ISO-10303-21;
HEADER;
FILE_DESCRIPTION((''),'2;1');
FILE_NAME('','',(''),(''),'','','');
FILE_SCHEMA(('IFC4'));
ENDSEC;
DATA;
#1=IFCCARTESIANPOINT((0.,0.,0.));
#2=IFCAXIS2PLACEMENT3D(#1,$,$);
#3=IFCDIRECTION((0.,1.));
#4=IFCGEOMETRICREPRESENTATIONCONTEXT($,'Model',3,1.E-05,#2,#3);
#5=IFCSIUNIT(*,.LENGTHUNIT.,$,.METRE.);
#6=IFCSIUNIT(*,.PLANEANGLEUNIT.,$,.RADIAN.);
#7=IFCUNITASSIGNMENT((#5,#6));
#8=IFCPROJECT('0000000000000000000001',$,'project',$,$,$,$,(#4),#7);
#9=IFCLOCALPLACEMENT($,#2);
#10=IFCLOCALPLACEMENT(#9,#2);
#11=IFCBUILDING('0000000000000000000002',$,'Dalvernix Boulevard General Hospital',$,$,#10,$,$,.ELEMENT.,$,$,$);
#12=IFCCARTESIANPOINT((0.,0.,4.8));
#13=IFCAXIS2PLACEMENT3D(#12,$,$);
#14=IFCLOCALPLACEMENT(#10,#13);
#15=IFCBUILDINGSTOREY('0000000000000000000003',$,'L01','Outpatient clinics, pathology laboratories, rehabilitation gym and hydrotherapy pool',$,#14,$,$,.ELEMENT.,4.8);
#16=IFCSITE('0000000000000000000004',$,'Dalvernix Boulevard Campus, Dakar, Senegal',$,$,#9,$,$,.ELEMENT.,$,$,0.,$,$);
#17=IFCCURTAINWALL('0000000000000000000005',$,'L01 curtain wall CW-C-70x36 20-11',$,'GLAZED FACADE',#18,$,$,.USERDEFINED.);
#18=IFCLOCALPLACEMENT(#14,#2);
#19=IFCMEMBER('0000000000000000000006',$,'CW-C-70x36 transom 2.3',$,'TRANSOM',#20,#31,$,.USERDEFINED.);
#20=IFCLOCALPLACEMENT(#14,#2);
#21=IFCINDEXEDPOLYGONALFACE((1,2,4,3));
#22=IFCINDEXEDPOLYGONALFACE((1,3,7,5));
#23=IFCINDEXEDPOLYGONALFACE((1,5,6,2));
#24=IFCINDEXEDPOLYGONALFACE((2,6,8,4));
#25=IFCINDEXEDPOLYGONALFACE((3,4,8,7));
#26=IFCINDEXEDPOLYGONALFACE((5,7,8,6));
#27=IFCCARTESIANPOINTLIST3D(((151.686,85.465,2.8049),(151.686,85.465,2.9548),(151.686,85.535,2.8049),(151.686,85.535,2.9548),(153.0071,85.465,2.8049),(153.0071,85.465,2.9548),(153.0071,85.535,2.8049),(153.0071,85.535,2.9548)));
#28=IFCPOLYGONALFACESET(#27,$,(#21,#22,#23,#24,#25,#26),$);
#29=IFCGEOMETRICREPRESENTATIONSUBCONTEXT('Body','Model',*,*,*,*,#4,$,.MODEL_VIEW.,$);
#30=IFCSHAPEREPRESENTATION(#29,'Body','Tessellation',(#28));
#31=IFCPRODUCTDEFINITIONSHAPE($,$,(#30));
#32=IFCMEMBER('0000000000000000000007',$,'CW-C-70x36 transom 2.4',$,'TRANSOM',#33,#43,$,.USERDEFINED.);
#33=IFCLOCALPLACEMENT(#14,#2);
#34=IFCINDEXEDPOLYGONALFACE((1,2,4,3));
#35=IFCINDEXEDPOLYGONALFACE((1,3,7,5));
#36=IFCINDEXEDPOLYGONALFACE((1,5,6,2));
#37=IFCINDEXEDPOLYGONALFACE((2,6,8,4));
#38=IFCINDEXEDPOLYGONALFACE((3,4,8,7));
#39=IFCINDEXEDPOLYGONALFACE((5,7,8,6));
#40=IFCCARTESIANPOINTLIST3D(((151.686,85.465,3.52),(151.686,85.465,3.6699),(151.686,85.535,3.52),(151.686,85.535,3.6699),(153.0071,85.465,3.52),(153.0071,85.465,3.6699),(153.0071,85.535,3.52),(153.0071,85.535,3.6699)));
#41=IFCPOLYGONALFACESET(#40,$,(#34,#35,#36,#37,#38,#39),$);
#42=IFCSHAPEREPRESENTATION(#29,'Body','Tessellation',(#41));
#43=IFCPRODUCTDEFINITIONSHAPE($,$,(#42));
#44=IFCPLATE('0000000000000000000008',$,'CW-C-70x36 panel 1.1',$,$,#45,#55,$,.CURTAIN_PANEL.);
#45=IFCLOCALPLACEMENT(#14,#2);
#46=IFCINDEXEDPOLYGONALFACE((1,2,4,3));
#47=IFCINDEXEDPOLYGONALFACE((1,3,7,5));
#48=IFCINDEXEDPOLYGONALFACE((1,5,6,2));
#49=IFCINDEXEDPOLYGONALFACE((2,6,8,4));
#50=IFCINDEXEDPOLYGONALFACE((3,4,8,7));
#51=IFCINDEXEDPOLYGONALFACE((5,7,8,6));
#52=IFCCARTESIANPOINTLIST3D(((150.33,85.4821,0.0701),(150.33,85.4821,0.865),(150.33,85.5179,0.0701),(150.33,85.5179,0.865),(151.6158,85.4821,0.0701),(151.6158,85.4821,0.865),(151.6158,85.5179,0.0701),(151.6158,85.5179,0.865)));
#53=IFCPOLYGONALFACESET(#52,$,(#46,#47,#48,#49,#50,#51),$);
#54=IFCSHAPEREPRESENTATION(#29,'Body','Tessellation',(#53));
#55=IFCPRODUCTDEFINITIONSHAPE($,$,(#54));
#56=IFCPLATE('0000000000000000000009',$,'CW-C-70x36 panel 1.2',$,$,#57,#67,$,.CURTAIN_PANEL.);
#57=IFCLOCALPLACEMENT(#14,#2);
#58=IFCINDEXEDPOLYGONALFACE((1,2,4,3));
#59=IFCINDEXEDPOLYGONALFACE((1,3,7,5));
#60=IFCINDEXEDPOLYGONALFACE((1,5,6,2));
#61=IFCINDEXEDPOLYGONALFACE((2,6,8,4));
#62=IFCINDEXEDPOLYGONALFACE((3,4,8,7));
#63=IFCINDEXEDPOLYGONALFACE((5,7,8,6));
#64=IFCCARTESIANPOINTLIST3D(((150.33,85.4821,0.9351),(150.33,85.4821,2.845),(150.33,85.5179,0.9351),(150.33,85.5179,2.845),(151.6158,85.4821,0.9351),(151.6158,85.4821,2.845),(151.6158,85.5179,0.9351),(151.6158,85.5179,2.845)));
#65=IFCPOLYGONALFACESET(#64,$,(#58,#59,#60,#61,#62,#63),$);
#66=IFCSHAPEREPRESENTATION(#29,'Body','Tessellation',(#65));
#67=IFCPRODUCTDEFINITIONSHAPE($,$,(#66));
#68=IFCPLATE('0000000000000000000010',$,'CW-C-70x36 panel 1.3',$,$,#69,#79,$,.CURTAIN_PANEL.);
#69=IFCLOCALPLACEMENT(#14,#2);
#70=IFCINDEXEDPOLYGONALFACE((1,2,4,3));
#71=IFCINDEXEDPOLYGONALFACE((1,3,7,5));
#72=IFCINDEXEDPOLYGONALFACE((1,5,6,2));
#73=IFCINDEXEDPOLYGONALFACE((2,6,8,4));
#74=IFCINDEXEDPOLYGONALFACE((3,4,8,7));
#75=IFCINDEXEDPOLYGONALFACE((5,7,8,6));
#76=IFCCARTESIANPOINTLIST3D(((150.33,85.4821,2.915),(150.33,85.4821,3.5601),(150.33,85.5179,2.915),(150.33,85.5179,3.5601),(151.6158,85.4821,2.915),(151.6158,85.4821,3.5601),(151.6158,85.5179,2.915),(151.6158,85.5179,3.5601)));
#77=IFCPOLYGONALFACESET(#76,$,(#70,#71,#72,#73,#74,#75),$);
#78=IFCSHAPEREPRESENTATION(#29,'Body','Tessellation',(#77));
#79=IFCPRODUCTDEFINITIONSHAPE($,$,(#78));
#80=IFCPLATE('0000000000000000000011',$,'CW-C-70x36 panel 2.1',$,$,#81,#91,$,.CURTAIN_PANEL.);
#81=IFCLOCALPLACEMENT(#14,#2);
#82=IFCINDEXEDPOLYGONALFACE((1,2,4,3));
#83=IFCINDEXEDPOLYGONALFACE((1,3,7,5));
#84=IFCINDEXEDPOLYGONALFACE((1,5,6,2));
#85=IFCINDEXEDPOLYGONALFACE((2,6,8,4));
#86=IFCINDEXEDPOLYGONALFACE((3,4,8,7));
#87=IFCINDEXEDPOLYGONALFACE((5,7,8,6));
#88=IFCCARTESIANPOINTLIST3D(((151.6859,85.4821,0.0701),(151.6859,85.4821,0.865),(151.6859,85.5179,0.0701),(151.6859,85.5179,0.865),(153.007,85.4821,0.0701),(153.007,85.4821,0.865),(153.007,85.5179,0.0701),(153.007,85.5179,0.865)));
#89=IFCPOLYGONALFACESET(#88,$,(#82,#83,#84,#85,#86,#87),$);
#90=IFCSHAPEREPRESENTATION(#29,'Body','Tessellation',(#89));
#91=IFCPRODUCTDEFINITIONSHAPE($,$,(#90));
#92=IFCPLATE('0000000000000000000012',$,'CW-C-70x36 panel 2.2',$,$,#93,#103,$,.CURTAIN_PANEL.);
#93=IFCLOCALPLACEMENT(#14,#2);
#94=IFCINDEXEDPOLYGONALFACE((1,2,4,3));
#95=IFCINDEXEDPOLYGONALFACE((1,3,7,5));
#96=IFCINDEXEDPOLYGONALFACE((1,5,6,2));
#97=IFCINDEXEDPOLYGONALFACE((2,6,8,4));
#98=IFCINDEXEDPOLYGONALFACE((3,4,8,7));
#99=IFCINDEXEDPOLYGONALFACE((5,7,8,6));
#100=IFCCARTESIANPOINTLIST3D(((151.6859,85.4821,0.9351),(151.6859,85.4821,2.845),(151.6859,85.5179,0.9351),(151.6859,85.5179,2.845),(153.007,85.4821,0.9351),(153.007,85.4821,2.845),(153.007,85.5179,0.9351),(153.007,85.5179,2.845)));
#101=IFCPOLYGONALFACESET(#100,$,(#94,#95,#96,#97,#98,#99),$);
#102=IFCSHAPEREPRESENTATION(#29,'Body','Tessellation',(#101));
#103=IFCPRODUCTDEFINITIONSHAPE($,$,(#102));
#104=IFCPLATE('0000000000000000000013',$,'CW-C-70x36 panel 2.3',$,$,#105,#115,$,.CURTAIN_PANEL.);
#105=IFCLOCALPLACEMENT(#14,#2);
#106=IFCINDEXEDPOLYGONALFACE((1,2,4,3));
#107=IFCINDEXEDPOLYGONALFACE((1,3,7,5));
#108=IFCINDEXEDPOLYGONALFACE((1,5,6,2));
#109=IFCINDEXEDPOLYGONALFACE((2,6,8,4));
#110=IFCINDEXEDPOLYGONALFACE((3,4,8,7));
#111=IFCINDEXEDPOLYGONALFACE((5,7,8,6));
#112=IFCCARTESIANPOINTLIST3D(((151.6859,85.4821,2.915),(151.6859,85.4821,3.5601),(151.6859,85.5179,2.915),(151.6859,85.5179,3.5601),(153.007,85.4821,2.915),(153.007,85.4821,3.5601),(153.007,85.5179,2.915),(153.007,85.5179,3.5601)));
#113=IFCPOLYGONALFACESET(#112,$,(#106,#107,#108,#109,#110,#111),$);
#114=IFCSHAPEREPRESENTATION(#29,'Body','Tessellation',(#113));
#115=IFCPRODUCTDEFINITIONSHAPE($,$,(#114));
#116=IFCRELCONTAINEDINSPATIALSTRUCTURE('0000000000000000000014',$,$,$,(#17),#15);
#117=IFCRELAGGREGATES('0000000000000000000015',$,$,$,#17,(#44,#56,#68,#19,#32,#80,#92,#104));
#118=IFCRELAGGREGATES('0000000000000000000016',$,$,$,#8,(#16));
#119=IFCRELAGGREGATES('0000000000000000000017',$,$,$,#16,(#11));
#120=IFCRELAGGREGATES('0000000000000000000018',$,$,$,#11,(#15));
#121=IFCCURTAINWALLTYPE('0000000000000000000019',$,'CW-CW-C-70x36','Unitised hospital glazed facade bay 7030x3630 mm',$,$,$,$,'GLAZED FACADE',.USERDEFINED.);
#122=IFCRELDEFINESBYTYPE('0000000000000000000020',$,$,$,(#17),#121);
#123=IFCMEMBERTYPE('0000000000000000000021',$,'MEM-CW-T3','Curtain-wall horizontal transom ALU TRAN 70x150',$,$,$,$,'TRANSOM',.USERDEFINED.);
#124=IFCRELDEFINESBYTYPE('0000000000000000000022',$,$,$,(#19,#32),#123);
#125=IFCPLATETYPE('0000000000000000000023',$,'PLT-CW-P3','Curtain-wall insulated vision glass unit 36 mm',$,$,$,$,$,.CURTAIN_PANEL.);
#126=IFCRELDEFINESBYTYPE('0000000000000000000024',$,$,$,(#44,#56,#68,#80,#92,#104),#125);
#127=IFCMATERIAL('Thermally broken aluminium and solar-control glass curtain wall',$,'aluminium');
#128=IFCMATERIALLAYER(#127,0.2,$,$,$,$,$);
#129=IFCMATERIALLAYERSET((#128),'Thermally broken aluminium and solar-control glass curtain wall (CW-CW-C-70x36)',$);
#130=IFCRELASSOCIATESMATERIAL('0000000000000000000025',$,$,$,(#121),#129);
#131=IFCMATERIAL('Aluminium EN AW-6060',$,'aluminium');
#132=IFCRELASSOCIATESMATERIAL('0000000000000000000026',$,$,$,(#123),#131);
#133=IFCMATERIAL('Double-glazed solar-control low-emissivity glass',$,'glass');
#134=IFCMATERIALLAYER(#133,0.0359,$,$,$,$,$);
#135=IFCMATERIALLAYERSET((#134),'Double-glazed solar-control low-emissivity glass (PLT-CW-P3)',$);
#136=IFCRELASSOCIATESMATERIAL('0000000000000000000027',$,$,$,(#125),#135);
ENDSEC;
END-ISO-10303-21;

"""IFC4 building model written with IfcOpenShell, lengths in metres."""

from ifc_helpers import new_model, si_unit, direction, frame, origin, origin_2d, place, context, subcontext, project, spatial, rectangle, extrude, material, layer, layer_set, material_profile, profile_set, type_object, element, aggregate, save


model = new_model("IFC4")

# Units and contexts
model_context = context("Model", 3, precision=1e-05, world=origin(), true_north=direction((0.0, 1.0)))
body_context = subcontext(model_context, "Body", "Model", "MODEL_VIEW")
ifc_project = project(units=[si_unit("LENGTHUNIT", "METRE"), si_unit("PLANEANGLEUNIT", "RADIAN")], contexts=[model_context])

# Site, building, storey
site_placement = place(None, origin())
site = spatial("IfcSite", under=ifc_project, at=site_placement, Name="Dalvernix Boulevard Campus, Dakar, Senegal", CompositionType="ELEMENT", RefElevation=0.0)
building_placement = place(site_placement, origin())
building = spatial("IfcBuilding", under=site, at=building_placement, Name="Dalvernix Boulevard General Hospital", CompositionType="ELEMENT")
storey_placement = place(building_placement, frame((0.0, 0.0, 4.8)))
storey = spatial("IfcBuildingStorey", under=building, at=storey_placement, Name="L01", Description="Outpatient clinics, pathology laboratories, rehabilitation gym and hydrotherapy pool", CompositionType="ELEMENT", Elevation=4.8)

# Curtain wall, members, plates
ifc_material_1 = material(Name="Thermally broken aluminium and solar-control glass curtain wall", Category="aluminium")
ifc_layer_1 = layer(ifc_material_1, 0.2)
ifc_layer_set_1 = layer_set([ifc_layer_1], Name="Thermally broken aluminium and solar-control glass curtain wall (CW-CW-C-70x36)")
curtain_wall_type = type_object("IfcCurtainWallType", Name="CW-CW-C-70x36", Description="Unitised hospital glazed facade bay 7030x3630 mm", ElementType="GLAZED FACADE", PredefinedType="USERDEFINED", material=ifc_layer_set_1)
curtain_wall_placement = place(storey_placement, origin())
curtain_wall = element("IfcCurtainWall", 1, at=curtain_wall_placement, inside=storey, type_object=curtain_wall_type, Name="L01 curtain wall CW-C-70x36 20-11", ObjectType="GLAZED FACADE", PredefinedType="USERDEFINED")
ifc_material_2 = material(Name="Aluminium EN AW-6060", Category="aluminium")
ifc_material_profile_1 = material_profile(ifc_material_2, rectangle(XDim=0.0701, YDim=0.1499, at=origin_2d()), Name="ALU TRAN 70x150")
ifc_profile_set_1 = profile_set([ifc_material_profile_1], Name="Aluminium EN AW-6060")
member_type_1 = type_object("IfcMemberType", Name="MEM-CW-T3", Description="Curtain-wall horizontal transom ALU TRAN 70x150", ElementType="TRANSOM", PredefinedType="USERDEFINED", material=ifc_profile_set_1)
member_1_placement = place(storey_placement, frame((151.686, 85.5, 2.8799), z_axis=(1.0, 0.0, 0.0), x_axis=(0.0, 1.0, 0.0)))
member_1 = element("IfcMember", 2, at=member_1_placement, type_object=member_type_1, Name="CW-C-70x36 transom 2.3", ObjectType="TRANSOM", PredefinedType="USERDEFINED", context=body_context, shape_type="SweptSolid", body=[
    extrude(rectangle(XDim=0.0701, YDim=0.1499, at=origin_2d()), origin(), (0.0, 0.0, 1.0), 1.321),
])
member_2_placement = place(storey_placement, frame((151.686, 85.5, 3.595), z_axis=(1.0, 0.0, 0.0), x_axis=(0.0, 1.0, 0.0)))
member_2 = element("IfcMember", 3, at=member_2_placement, type_object=member_type_1, Name="CW-C-70x36 transom 2.4", ObjectType="TRANSOM", PredefinedType="USERDEFINED", context=body_context, shape_type="SweptSolid", body=[
    extrude(rectangle(XDim=0.0701, YDim=0.1499, at=origin_2d()), origin(), (0.0, 0.0, 1.0), 1.321),
])
ifc_material_3 = material(Name="Double-glazed solar-control low-emissivity glass", Category="glass")
ifc_layer_2 = layer(ifc_material_3, 0.0359)
ifc_layer_set_2 = layer_set([ifc_layer_2], Name="Double-glazed solar-control low-emissivity glass (PLT-CW-P3)")
plate_type = type_object("IfcPlateType", Name="PLT-CW-P3", Description="Curtain-wall insulated vision glass unit 36 mm", PredefinedType="CURTAIN_PANEL", material=ifc_layer_set_2)
plate_1_placement = place(storey_placement, frame((150.9729, 85.5, 0.0701), z_axis=(0.0, 0.0, 1.0), x_axis=(1.0, 0.0, 0.0)))
plate_1 = element("IfcPlate", 4, at=plate_1_placement, type_object=plate_type, Name="CW-C-70x36 panel 1.1", PredefinedType="CURTAIN_PANEL", context=body_context, shape_type="SweptSolid", body=[
    extrude(rectangle(XDim=1.2859, YDim=0.0359, at=origin_2d()), origin(), (0.0, 0.0, 1.0), 0.7949),
])
plate_2_placement = place(storey_placement, frame((150.9729, 85.5, 0.9351), z_axis=(0.0, 0.0, 1.0), x_axis=(1.0, 0.0, 0.0)))
plate_2 = element("IfcPlate", 5, at=plate_2_placement, type_object=plate_type, Name="CW-C-70x36 panel 1.2", PredefinedType="CURTAIN_PANEL", context=body_context, shape_type="SweptSolid", body=[
    extrude(rectangle(XDim=1.2859, YDim=0.0359, at=origin_2d()), origin(), (0.0, 0.0, 1.0), 1.9099),
])
plate_3_placement = place(storey_placement, frame((150.9729, 85.5, 2.915), z_axis=(0.0, 0.0, 1.0), x_axis=(1.0, 0.0, 0.0)))
plate_3 = element("IfcPlate", 6, at=plate_3_placement, type_object=plate_type, Name="CW-C-70x36 panel 1.3", PredefinedType="CURTAIN_PANEL", context=body_context, shape_type="SweptSolid", body=[
    extrude(rectangle(XDim=1.2859, YDim=0.0359, at=origin_2d()), origin(), (0.0, 0.0, 1.0), 0.645),
])
plate_4_placement = place(storey_placement, frame((152.3464, 85.5, 0.0701), z_axis=(0.0, 0.0, 1.0), x_axis=(1.0, 0.0, 0.0)))
plate_4 = element("IfcPlate", 7, at=plate_4_placement, type_object=plate_type, Name="CW-C-70x36 panel 2.1", PredefinedType="CURTAIN_PANEL", context=body_context, shape_type="SweptSolid", body=[
    extrude(rectangle(XDim=1.321, YDim=0.0359, at=origin_2d()), origin(), (0.0, 0.0, 1.0), 0.7949),
])
plate_5_placement = place(storey_placement, frame((152.3464, 85.5, 0.9351), z_axis=(0.0, 0.0, 1.0), x_axis=(1.0, 0.0, 0.0)))
plate_5 = element("IfcPlate", 8, at=plate_5_placement, type_object=plate_type, Name="CW-C-70x36 panel 2.2", PredefinedType="CURTAIN_PANEL", context=body_context, shape_type="SweptSolid", body=[
    extrude(rectangle(XDim=1.321, YDim=0.0359, at=origin_2d()), origin(), (0.0, 0.0, 1.0), 1.9099),
])
plate_6_placement = place(storey_placement, frame((152.3464, 85.5, 2.915), z_axis=(0.0, 0.0, 1.0), x_axis=(1.0, 0.0, 0.0)))
plate_6 = element("IfcPlate", 9, at=plate_6_placement, type_object=plate_type, Name="CW-C-70x36 panel 2.3", PredefinedType="CURTAIN_PANEL", context=body_context, shape_type="SweptSolid", body=[
    extrude(rectangle(XDim=1.321, YDim=0.0359, at=origin_2d()), origin(), (0.0, 0.0, 1.0), 0.645),
])
aggregate(curtain_wall, [plate_1, plate_2, plate_3, member_1, member_2, plate_4, plate_5, plate_6])

save(model, "model.ifc")
